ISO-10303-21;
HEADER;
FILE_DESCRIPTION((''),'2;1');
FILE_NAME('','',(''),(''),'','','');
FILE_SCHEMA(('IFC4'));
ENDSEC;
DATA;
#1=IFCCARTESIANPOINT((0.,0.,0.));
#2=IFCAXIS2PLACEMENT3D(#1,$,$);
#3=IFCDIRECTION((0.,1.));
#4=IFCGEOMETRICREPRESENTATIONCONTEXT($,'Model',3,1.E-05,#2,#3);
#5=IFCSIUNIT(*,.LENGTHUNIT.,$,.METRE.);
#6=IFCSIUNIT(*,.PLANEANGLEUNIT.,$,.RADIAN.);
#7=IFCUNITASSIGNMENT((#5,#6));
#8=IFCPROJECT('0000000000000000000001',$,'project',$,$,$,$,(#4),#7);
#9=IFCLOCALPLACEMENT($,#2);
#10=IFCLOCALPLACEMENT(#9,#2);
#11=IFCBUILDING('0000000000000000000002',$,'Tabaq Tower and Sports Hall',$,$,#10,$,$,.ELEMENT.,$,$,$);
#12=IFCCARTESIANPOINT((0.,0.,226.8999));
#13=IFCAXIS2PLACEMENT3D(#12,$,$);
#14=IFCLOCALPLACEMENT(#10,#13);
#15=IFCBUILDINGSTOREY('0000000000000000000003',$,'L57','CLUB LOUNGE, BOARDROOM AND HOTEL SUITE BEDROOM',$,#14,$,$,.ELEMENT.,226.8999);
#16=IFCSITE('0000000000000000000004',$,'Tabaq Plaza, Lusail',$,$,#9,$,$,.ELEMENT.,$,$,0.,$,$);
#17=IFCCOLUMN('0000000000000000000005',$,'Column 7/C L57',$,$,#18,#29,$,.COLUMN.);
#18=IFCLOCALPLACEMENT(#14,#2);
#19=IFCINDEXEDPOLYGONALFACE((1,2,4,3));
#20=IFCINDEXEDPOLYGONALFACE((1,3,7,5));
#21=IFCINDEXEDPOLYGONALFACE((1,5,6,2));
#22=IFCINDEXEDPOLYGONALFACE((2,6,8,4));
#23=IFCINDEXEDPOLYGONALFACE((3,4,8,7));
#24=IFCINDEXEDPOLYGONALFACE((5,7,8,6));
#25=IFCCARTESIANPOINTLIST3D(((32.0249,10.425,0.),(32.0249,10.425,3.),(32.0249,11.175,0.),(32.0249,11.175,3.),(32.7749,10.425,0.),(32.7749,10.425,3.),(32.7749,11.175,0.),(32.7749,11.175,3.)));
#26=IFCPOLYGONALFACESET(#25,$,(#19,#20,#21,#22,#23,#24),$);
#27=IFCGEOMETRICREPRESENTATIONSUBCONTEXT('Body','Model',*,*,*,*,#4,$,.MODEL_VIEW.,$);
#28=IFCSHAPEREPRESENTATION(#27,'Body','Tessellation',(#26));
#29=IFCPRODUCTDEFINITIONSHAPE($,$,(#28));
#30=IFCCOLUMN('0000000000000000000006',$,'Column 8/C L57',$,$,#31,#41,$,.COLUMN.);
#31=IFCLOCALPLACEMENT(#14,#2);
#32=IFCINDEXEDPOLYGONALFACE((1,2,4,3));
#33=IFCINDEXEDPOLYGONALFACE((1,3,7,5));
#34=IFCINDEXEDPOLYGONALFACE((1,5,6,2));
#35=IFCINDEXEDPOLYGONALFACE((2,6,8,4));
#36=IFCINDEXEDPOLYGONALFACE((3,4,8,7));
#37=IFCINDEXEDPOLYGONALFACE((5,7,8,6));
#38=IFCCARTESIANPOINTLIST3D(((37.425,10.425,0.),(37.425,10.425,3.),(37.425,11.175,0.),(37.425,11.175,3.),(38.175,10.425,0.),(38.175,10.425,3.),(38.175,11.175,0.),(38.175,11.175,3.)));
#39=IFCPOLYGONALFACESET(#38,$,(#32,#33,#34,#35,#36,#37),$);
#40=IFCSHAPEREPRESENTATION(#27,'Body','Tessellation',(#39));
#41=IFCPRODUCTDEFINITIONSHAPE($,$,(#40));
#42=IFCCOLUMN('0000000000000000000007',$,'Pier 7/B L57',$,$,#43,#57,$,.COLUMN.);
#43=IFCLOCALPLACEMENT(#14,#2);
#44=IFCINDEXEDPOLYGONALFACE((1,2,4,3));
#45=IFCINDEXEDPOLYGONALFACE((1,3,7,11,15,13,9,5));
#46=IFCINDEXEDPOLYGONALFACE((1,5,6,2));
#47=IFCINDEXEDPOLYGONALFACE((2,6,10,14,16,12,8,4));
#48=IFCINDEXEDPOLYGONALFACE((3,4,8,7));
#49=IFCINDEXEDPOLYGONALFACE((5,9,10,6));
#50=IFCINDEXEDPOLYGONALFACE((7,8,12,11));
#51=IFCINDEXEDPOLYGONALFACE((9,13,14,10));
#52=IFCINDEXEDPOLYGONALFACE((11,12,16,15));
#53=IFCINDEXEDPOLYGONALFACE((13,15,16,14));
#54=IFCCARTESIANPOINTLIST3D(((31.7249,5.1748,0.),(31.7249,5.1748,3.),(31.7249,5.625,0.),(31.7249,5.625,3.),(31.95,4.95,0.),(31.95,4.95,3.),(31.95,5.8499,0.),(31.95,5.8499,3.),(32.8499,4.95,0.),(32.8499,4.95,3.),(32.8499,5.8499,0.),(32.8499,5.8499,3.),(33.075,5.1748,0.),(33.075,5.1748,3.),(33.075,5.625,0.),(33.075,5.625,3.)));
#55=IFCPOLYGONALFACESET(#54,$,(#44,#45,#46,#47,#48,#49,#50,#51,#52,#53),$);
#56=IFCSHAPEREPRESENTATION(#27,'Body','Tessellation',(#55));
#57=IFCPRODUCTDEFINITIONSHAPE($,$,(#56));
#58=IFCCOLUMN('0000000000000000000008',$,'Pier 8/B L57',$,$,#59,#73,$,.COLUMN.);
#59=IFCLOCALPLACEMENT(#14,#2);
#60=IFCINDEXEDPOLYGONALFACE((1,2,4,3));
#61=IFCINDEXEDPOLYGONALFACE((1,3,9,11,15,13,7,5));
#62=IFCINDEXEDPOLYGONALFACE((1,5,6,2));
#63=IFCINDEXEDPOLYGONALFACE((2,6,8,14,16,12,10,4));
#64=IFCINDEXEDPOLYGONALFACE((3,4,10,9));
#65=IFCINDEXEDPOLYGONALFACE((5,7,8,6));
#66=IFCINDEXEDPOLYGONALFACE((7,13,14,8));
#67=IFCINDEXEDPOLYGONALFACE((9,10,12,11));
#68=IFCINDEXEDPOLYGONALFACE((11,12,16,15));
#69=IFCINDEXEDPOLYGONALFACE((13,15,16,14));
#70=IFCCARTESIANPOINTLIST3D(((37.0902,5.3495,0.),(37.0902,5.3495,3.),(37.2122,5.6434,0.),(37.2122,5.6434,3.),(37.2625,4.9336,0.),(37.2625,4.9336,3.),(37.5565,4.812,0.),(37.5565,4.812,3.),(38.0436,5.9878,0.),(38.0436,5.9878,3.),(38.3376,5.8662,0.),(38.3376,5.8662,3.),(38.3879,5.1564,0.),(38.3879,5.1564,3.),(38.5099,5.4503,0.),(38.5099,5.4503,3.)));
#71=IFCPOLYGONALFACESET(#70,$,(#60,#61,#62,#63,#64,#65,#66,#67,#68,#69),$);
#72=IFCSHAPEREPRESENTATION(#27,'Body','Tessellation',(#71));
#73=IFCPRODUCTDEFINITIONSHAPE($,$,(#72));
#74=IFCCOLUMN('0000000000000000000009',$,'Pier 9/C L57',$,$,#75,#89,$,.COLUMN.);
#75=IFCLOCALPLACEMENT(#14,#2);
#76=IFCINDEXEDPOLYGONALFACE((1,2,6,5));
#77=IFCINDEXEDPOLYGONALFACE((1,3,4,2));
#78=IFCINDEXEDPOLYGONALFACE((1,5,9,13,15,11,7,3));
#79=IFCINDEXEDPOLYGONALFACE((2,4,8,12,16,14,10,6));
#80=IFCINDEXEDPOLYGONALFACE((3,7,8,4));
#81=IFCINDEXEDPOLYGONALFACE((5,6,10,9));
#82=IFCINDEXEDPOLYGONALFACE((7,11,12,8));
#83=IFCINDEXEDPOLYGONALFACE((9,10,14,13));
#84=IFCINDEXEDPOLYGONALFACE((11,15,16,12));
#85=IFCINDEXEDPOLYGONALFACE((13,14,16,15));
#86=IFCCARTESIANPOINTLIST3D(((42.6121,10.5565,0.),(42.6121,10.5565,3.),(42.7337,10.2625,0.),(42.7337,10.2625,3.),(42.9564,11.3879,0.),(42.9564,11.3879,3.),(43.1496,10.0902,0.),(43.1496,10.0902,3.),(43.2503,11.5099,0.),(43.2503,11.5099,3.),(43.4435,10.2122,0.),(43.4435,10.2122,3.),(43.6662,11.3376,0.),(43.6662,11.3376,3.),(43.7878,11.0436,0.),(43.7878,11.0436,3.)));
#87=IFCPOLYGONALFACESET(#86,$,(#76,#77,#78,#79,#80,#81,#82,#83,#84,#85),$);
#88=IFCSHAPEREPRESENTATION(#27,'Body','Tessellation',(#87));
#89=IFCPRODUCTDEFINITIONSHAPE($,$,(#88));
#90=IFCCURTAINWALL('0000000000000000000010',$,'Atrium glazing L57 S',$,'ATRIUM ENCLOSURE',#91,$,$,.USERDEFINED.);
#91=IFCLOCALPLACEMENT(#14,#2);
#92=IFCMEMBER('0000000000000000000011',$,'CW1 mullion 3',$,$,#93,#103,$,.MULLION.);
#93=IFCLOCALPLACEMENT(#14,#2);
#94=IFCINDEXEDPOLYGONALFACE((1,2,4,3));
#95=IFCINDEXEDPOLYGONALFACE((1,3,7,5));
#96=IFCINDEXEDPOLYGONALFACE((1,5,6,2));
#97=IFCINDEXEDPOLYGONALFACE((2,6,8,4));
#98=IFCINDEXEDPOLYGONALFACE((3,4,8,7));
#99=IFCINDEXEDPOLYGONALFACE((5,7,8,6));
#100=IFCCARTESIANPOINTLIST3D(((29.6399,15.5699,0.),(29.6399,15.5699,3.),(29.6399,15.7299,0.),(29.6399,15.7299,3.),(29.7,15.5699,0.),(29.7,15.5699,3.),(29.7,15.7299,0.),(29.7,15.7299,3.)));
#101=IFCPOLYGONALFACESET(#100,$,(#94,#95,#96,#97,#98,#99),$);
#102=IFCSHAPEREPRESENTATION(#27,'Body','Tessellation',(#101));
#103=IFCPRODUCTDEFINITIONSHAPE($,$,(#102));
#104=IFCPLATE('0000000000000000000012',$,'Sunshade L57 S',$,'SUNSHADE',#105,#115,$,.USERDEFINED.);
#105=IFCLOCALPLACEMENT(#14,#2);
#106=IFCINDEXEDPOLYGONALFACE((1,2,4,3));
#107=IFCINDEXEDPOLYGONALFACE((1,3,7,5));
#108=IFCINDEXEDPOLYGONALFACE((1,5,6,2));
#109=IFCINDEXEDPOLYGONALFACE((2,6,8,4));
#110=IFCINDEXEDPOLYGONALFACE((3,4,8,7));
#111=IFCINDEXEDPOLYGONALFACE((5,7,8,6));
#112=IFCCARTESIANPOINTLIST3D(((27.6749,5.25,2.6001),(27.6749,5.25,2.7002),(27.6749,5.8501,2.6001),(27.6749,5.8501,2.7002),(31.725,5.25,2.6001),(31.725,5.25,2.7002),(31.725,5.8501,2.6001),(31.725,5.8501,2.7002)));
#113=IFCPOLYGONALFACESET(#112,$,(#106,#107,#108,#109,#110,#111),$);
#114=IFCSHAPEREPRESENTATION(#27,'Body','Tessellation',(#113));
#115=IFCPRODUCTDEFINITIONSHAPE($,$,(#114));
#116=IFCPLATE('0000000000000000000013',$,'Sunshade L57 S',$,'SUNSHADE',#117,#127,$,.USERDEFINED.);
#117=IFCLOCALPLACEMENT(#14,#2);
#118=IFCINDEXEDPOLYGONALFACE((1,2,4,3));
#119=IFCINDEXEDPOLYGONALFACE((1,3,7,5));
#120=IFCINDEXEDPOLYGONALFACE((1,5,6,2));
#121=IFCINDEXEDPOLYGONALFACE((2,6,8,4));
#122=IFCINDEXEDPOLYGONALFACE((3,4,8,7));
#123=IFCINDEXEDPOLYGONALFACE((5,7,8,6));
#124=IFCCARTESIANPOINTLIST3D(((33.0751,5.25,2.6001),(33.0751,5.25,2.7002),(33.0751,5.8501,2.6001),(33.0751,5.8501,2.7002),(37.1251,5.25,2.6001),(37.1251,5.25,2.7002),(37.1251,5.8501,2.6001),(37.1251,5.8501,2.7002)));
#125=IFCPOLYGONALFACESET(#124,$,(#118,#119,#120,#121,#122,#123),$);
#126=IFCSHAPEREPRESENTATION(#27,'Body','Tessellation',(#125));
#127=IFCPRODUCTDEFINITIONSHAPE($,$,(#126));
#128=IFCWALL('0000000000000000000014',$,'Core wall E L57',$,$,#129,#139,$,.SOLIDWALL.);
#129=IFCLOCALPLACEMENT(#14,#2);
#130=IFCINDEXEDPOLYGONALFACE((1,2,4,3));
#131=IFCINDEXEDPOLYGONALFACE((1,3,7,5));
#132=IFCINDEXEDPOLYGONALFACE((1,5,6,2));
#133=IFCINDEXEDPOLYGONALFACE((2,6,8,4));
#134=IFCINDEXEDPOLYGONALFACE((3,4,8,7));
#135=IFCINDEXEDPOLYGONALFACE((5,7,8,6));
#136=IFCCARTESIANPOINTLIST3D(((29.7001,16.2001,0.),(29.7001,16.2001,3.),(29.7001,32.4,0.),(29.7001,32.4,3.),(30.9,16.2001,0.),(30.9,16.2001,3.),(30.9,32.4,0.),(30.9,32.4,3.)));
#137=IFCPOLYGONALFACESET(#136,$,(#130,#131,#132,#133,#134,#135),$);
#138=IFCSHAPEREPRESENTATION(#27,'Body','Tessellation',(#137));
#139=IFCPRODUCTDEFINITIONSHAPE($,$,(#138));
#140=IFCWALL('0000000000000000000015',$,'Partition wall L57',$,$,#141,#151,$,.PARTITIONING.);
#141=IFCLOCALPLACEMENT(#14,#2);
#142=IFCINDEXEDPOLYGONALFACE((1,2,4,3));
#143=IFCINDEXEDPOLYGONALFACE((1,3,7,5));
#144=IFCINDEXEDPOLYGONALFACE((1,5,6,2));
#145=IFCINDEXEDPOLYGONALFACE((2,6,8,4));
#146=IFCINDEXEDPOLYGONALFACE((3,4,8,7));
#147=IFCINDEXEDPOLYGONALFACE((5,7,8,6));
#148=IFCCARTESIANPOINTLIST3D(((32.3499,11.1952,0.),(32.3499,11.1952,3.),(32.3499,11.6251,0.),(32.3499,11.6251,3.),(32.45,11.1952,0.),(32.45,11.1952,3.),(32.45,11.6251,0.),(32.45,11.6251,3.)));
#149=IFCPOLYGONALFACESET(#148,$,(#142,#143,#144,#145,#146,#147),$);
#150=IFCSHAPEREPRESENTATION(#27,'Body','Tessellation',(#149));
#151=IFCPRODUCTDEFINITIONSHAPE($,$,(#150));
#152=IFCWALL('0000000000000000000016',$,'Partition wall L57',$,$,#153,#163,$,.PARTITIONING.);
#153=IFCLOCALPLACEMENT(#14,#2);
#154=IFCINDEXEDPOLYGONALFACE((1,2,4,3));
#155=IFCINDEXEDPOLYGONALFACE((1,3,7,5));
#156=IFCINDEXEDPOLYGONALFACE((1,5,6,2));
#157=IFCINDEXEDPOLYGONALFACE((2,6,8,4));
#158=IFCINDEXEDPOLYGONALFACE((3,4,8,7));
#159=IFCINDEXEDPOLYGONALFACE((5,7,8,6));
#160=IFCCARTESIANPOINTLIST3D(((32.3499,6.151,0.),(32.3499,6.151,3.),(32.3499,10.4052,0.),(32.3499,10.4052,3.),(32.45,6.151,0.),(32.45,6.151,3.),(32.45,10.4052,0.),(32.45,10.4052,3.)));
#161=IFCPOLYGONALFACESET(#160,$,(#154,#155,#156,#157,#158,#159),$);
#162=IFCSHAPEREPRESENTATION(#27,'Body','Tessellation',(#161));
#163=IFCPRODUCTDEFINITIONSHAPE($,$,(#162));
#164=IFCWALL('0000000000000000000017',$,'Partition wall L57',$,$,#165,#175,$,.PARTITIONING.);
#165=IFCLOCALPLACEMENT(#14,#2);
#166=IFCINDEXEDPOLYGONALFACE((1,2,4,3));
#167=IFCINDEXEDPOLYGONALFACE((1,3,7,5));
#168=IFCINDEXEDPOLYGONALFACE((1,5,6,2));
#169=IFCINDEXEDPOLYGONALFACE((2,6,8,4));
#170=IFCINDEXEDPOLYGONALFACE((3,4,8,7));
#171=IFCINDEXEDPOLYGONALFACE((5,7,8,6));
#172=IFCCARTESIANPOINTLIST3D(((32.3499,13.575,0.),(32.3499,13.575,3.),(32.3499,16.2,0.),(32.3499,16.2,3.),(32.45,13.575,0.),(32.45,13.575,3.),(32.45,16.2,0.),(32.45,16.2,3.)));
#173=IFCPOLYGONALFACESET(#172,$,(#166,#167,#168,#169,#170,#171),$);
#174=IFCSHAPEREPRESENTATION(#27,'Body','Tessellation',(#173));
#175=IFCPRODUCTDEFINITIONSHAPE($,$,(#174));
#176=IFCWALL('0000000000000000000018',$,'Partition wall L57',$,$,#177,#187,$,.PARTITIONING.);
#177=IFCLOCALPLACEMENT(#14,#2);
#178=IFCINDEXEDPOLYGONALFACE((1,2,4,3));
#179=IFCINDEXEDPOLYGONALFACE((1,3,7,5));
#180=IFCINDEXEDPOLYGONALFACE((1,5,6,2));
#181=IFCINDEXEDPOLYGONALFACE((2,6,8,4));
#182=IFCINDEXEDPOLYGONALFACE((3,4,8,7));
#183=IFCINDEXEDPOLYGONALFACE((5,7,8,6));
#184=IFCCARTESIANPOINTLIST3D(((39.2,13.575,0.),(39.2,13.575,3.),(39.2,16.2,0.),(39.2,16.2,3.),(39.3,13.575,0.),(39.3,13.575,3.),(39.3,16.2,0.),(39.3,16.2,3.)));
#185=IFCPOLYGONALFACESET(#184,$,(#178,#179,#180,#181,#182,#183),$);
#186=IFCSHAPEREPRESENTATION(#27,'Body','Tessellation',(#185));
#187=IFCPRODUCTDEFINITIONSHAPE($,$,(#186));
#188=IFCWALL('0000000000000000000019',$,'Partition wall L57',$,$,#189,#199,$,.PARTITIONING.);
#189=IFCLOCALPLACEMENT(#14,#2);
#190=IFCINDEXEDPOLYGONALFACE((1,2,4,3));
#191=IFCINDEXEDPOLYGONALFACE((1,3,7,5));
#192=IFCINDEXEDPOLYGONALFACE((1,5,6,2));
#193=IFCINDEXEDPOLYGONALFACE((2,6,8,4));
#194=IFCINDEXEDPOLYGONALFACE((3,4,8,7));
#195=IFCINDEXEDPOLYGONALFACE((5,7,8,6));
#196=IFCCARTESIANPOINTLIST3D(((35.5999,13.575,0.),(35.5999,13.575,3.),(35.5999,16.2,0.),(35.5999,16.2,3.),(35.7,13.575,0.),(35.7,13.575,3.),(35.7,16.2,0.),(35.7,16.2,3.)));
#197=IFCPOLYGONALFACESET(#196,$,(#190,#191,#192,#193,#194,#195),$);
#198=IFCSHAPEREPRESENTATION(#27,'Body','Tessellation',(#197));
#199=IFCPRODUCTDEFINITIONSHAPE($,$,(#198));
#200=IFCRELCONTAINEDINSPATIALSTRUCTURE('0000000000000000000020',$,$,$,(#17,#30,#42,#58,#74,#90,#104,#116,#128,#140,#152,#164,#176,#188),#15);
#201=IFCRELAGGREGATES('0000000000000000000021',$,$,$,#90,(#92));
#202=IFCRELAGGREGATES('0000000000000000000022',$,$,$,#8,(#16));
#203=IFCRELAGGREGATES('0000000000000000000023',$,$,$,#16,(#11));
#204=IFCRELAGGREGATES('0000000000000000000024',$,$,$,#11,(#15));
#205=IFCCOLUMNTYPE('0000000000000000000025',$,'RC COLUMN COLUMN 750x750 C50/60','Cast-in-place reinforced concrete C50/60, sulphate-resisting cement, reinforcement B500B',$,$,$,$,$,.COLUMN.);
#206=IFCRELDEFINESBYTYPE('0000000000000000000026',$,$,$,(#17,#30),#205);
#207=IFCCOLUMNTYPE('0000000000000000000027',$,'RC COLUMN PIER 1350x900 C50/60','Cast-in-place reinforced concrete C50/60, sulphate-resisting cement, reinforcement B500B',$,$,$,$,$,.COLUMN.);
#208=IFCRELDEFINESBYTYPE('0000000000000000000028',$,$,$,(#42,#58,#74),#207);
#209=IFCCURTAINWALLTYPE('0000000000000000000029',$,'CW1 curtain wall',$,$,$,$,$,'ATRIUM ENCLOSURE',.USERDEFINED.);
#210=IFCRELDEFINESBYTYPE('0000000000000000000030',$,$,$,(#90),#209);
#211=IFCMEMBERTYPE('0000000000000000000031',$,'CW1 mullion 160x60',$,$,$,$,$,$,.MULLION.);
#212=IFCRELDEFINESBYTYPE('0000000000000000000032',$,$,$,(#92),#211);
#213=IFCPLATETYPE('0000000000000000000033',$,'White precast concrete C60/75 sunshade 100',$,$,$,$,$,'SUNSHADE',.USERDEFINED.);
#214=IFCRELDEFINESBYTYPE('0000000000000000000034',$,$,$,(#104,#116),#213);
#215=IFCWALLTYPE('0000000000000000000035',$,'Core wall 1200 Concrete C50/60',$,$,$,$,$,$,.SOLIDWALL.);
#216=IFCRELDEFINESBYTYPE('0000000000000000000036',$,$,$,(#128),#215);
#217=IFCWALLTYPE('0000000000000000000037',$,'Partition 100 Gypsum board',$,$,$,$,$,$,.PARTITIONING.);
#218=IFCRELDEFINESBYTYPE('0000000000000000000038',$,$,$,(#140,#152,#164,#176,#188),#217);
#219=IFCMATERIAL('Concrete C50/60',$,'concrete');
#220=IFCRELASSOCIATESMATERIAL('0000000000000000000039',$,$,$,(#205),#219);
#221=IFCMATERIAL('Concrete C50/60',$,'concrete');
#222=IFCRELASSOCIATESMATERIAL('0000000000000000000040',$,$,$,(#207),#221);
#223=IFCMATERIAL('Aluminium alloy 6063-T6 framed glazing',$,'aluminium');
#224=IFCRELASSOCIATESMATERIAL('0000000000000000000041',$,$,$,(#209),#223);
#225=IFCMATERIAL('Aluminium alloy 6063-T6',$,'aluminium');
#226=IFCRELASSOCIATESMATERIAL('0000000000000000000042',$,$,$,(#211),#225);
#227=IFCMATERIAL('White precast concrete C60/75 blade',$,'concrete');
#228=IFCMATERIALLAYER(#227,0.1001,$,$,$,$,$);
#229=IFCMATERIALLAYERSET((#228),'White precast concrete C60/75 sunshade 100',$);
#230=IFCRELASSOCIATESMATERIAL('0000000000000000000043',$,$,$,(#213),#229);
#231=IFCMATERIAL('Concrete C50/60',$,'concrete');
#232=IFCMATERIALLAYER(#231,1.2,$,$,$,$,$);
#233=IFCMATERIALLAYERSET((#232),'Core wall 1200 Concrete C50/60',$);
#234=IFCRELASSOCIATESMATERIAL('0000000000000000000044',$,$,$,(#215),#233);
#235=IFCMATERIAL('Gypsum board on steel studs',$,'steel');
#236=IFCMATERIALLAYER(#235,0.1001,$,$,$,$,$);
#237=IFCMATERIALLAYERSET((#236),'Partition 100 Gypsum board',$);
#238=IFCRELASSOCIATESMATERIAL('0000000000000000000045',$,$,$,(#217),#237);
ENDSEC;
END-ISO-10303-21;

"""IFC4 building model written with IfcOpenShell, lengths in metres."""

from ifc_helpers import new_model, si_unit, direction, frame, frame_2d, origin, origin_2d, place, context, subcontext, project, spatial, polyline, rectangle, outline, extrude, material, layer, layer_set, material_profile, profile_set, type_object, element, aggregate, save


model = new_model("IFC4")

# Units and contexts
model_context = context("Model", 3, precision=1e-05, world=origin(), true_north=direction((0.0, 1.0)))
body_context = subcontext(model_context, "Body", "Model", "MODEL_VIEW")
ifc_project = project(units=[si_unit("LENGTHUNIT", "METRE"), si_unit("PLANEANGLEUNIT", "RADIAN")], contexts=[model_context])

# Site, building, storey
site_placement = place(None, origin())
site = spatial("IfcSite", under=ifc_project, at=site_placement, Name="Tabaq Plaza, Lusail", CompositionType="ELEMENT", RefElevation=0.0)
building_placement = place(site_placement, origin())
building = spatial("IfcBuilding", under=site, at=building_placement, Name="Tabaq Tower and Sports Hall", CompositionType="ELEMENT")
storey_placement = place(building_placement, frame((0.0, 0.0, 226.8999)))
storey = spatial("IfcBuildingStorey", under=building, at=storey_placement, Name="L57", Description="CLUB LOUNGE, BOARDROOM AND HOTEL SUITE BEDROOM", CompositionType="ELEMENT", Elevation=226.8999)

# Columns
ifc_material_1 = material(Name="Concrete C50/60", Category="concrete")
ifc_material_profile_1 = material_profile(ifc_material_1, rectangle(XDim=0.75, YDim=0.75, at=origin_2d()), Name="COLUMN 750x750")
ifc_profile_set_1 = profile_set([ifc_material_profile_1], Name="Concrete C50/60")
column_type_1 = type_object("IfcColumnType", Name="RC COLUMN COLUMN 750x750 C50/60", Description="Cast-in-place reinforced concrete C50/60, sulphate-resisting cement, reinforcement B500B", PredefinedType="COLUMN", material=ifc_profile_set_1)
for number, where, z_axis, x_axis, name in (
    (1, (32.3999, 10.8, 0.0), (0.0, 0.0, 1.0), (1.0, 0.0, 0.0), "Column 7/C L57"),
    (2, (37.8, 10.8, 0.0), (0.0, 0.0, 1.0), (1.0, 0.0, 0.0), "Column 8/C L57"),
):
    element("IfcColumn", number, at=place(storey_placement, frame(where, z_axis=z_axis, x_axis=x_axis)), inside=storey, type_object=column_type_1, Name=name, PredefinedType="COLUMN", context=body_context, shape_type="SweptSolid", body=[
        extrude(rectangle(XDim=0.75, YDim=0.75, at=origin_2d()), origin(), (0.0, 0.0, 1.0), 3.0),
    ])
ifc_material_2 = material(Name="Concrete C50/60", Category="concrete")
ifc_material_profile_2 = material_profile(ifc_material_2, outline(polyline([(-0.45, -0.45), (0.45, -0.45), (0.675, -0.2251), (0.675, 0.2251), (0.45, 0.45), (-0.45, 0.45), (-0.675, 0.2251), (-0.675, -0.2251), (-0.45, -0.45)])), Name="PIER 1350x900")
ifc_profile_set_2 = profile_set([ifc_material_profile_2], Name="Concrete C50/60")
column_type_2 = type_object("IfcColumnType", Name="RC COLUMN PIER 1350x900 C50/60", Description="Cast-in-place reinforced concrete C50/60, sulphate-resisting cement, reinforcement B500B", PredefinedType="COLUMN", material=ifc_profile_set_2)
for number, where, z_axis, x_axis, name in (
    (3, (32.3999, 5.3999, 0.0), (0.0, 0.0, 1.0), (1.0, 0.0, 0.0), "Pier 7/B L57"),
    (4, (37.8, 5.3999, 0.0), (0.0, 0.0, 1.0), (0.92388, 0.382683, 0.0), "Pier 8/B L57"),
    (5, (43.2, 10.8, 0.0), (0.0, 0.0, 1.0), (0.382683, 0.92388, 0.0), "Pier 9/C L57"),
):
    element("IfcColumn", number, at=place(storey_placement, frame(where, z_axis=z_axis, x_axis=x_axis)), inside=storey, type_object=column_type_2, Name=name, PredefinedType="COLUMN", context=body_context, shape_type="SweptSolid", body=[
        extrude(outline(polyline([(-0.45, -0.45), (0.45, -0.45), (0.675, -0.2251), (0.675, 0.2251), (0.45, 0.45), (-0.45, 0.45), (-0.675, 0.2251), (-0.675, -0.2251), (-0.45, -0.45)])), origin(), (0.0, 0.0, 1.0), 3.0),
    ])

# Curtain wall, member
ifc_material_3 = material(Name="Aluminium alloy 6063-T6 framed glazing", Category="aluminium")
curtain_wall_type = type_object("IfcCurtainWallType", Name="CW1 curtain wall", ElementType="ATRIUM ENCLOSURE", PredefinedType="USERDEFINED", material=ifc_material_3)
curtain_wall_placement = place(storey_placement, origin())
curtain_wall = element("IfcCurtainWall", 6, at=curtain_wall_placement, inside=storey, type_object=curtain_wall_type, Name="Atrium glazing L57 S", ObjectType="ATRIUM ENCLOSURE", PredefinedType="USERDEFINED")
ifc_material_4 = material(Name="Aluminium alloy 6063-T6", Category="aluminium")
ifc_material_profile_3 = material_profile(ifc_material_4, rectangle(XDim=0.1599, YDim=0.0601, at=origin_2d()), Name="MULLION 160x60")
ifc_profile_set_3 = profile_set([ifc_material_profile_3], Name="Aluminium alloy 6063-T6")
member_type = type_object("IfcMemberType", Name="CW1 mullion 160x60", PredefinedType="MULLION", material=ifc_profile_set_3)
member_placement = place(storey_placement, frame((29.6699, 15.6499, 0.0), z_axis=(0.0, 0.0, 1.0), x_axis=(0.0, 1.0, 0.0)))
member = element("IfcMember", 7, at=member_placement, type_object=member_type, Name="CW1 mullion 3", PredefinedType="MULLION", context=body_context, shape_type="SweptSolid", body=[
    extrude(rectangle(XDim=0.1599, YDim=0.0601, at=origin_2d()), origin(), (0.0, 0.0, 1.0), 3.0),
])
aggregate(curtain_wall, [member])

# Plates
ifc_material_5 = material(Name="White precast concrete C60/75 blade", Category="concrete")
ifc_layer_1 = layer(ifc_material_5, 0.1001)
ifc_layer_set_1 = layer_set([ifc_layer_1], Name="White precast concrete C60/75 sunshade 100")
plate_type = type_object("IfcPlateType", Name="White precast concrete C60/75 sunshade 100", ElementType="SUNSHADE", PredefinedType="USERDEFINED", material=ifc_layer_set_1)
for number, where, z_axis, x_axis, name in (
    (8, (29.7, 5.55, 2.6001), (0.0, 0.0, 1.0), (1.0, 0.0, 0.0), "Sunshade L57 S"),
    (9, (35.1001, 5.55, 2.6001), (0.0, 0.0, 1.0), (1.0, 0.0, 0.0), "Sunshade L57 S"),
):
    element("IfcPlate", number, at=place(storey_placement, frame(where, z_axis=z_axis, x_axis=x_axis)), inside=storey, type_object=plate_type, Name=name, ObjectType="SUNSHADE", PredefinedType="USERDEFINED", context=body_context, shape_type="SweptSolid", body=[
        extrude(rectangle(XDim=4.05, YDim=0.6001, at=origin_2d()), origin(), (0.0, 0.0, 1.0), 0.1001),
    ])

# Walls
ifc_material_6 = material(Name="Concrete C50/60", Category="concrete")
ifc_layer_2 = layer(ifc_material_6, 1.2)
ifc_layer_set_2 = layer_set([ifc_layer_2], Name="Core wall 1200 Concrete C50/60")
wall_type_1 = type_object("IfcWallType", Name="Core wall 1200 Concrete C50/60", PredefinedType="SOLIDWALL", material=ifc_layer_set_2)
wall_1_placement = place(storey_placement, frame((30.3, 16.2, 0.0), z_axis=(0.0, 0.0, 1.0), x_axis=(0.0, 1.0, 0.0)))
element("IfcWall", 10, at=wall_1_placement, inside=storey, type_object=wall_type_1, Name="Core wall E L57", PredefinedType="SOLIDWALL", context=body_context, shape_type="SweptSolid", body=[
    extrude(rectangle(XDim=16.2, YDim=1.2, at=frame_2d((8.1001, 0.0))), origin(), (0.0, 0.0, 1.0), 3.0),
])
ifc_material_7 = material(Name="Gypsum board on steel studs", Category="steel")
ifc_layer_3 = layer(ifc_material_7, 0.1001)
ifc_layer_set_3 = layer_set([ifc_layer_3], Name="Partition 100 Gypsum board")
wall_type_2 = type_object("IfcWallType", Name="Partition 100 Gypsum board", PredefinedType="PARTITIONING", material=ifc_layer_set_3)
wall_2_placement = place(storey_placement, frame((32.3999, 11.625, 0.0), z_axis=(0.0, 0.0, 1.0), x_axis=(0.0, -1.0, 0.0)))
element("IfcWall", 11, at=wall_2_placement, inside=storey, type_object=wall_type_2, Name="Partition wall L57", PredefinedType="PARTITIONING", context=body_context, shape_type="SweptSolid", body=[
    extrude(rectangle(XDim=0.4299, YDim=0.1001, at=frame_2d((0.2148, 0.0))), origin(), (0.0, 0.0, 1.0), 3.0),
])
wall_3_placement = place(storey_placement, frame((32.3999, 10.405, 0.0), z_axis=(0.0, 0.0, 1.0), x_axis=(0.0, -1.0, 0.0)))
element("IfcWall", 12, at=wall_3_placement, inside=storey, type_object=wall_type_2, Name="Partition wall L57", PredefinedType="PARTITIONING", context=body_context, shape_type="SweptSolid", body=[
    extrude(rectangle(XDim=4.2542, YDim=0.1001, at=frame_2d((2.127, 0.0))), origin(), (0.0, 0.0, 1.0), 3.0),
])
for number, where, z_axis, x_axis, name in (
    (13, (32.3999, 13.575, 0.0), (0.0, 0.0, 1.0), (0.0, 1.0, 0.0), "Partition wall L57"),
    (14, (39.25, 13.575, 0.0), (0.0, 0.0, 1.0), (0.0, 1.0, 0.0), "Partition wall L57"),
    (15, (35.6499, 16.2, 0.0), (0.0, 0.0, 1.0), (0.0, -1.0, 0.0), "Partition wall L57"),
):
    element("IfcWall", number, at=place(storey_placement, frame(where, z_axis=z_axis, x_axis=x_axis)), inside=storey, type_object=wall_type_2, Name=name, PredefinedType="PARTITIONING", context=body_context, shape_type="SweptSolid", body=[
        extrude(rectangle(XDim=2.625, YDim=0.1001, at=frame_2d((1.3125, 0.0))), origin(), (0.0, 0.0, 1.0), 3.0),
    ])

save(model, "model.ifc")
